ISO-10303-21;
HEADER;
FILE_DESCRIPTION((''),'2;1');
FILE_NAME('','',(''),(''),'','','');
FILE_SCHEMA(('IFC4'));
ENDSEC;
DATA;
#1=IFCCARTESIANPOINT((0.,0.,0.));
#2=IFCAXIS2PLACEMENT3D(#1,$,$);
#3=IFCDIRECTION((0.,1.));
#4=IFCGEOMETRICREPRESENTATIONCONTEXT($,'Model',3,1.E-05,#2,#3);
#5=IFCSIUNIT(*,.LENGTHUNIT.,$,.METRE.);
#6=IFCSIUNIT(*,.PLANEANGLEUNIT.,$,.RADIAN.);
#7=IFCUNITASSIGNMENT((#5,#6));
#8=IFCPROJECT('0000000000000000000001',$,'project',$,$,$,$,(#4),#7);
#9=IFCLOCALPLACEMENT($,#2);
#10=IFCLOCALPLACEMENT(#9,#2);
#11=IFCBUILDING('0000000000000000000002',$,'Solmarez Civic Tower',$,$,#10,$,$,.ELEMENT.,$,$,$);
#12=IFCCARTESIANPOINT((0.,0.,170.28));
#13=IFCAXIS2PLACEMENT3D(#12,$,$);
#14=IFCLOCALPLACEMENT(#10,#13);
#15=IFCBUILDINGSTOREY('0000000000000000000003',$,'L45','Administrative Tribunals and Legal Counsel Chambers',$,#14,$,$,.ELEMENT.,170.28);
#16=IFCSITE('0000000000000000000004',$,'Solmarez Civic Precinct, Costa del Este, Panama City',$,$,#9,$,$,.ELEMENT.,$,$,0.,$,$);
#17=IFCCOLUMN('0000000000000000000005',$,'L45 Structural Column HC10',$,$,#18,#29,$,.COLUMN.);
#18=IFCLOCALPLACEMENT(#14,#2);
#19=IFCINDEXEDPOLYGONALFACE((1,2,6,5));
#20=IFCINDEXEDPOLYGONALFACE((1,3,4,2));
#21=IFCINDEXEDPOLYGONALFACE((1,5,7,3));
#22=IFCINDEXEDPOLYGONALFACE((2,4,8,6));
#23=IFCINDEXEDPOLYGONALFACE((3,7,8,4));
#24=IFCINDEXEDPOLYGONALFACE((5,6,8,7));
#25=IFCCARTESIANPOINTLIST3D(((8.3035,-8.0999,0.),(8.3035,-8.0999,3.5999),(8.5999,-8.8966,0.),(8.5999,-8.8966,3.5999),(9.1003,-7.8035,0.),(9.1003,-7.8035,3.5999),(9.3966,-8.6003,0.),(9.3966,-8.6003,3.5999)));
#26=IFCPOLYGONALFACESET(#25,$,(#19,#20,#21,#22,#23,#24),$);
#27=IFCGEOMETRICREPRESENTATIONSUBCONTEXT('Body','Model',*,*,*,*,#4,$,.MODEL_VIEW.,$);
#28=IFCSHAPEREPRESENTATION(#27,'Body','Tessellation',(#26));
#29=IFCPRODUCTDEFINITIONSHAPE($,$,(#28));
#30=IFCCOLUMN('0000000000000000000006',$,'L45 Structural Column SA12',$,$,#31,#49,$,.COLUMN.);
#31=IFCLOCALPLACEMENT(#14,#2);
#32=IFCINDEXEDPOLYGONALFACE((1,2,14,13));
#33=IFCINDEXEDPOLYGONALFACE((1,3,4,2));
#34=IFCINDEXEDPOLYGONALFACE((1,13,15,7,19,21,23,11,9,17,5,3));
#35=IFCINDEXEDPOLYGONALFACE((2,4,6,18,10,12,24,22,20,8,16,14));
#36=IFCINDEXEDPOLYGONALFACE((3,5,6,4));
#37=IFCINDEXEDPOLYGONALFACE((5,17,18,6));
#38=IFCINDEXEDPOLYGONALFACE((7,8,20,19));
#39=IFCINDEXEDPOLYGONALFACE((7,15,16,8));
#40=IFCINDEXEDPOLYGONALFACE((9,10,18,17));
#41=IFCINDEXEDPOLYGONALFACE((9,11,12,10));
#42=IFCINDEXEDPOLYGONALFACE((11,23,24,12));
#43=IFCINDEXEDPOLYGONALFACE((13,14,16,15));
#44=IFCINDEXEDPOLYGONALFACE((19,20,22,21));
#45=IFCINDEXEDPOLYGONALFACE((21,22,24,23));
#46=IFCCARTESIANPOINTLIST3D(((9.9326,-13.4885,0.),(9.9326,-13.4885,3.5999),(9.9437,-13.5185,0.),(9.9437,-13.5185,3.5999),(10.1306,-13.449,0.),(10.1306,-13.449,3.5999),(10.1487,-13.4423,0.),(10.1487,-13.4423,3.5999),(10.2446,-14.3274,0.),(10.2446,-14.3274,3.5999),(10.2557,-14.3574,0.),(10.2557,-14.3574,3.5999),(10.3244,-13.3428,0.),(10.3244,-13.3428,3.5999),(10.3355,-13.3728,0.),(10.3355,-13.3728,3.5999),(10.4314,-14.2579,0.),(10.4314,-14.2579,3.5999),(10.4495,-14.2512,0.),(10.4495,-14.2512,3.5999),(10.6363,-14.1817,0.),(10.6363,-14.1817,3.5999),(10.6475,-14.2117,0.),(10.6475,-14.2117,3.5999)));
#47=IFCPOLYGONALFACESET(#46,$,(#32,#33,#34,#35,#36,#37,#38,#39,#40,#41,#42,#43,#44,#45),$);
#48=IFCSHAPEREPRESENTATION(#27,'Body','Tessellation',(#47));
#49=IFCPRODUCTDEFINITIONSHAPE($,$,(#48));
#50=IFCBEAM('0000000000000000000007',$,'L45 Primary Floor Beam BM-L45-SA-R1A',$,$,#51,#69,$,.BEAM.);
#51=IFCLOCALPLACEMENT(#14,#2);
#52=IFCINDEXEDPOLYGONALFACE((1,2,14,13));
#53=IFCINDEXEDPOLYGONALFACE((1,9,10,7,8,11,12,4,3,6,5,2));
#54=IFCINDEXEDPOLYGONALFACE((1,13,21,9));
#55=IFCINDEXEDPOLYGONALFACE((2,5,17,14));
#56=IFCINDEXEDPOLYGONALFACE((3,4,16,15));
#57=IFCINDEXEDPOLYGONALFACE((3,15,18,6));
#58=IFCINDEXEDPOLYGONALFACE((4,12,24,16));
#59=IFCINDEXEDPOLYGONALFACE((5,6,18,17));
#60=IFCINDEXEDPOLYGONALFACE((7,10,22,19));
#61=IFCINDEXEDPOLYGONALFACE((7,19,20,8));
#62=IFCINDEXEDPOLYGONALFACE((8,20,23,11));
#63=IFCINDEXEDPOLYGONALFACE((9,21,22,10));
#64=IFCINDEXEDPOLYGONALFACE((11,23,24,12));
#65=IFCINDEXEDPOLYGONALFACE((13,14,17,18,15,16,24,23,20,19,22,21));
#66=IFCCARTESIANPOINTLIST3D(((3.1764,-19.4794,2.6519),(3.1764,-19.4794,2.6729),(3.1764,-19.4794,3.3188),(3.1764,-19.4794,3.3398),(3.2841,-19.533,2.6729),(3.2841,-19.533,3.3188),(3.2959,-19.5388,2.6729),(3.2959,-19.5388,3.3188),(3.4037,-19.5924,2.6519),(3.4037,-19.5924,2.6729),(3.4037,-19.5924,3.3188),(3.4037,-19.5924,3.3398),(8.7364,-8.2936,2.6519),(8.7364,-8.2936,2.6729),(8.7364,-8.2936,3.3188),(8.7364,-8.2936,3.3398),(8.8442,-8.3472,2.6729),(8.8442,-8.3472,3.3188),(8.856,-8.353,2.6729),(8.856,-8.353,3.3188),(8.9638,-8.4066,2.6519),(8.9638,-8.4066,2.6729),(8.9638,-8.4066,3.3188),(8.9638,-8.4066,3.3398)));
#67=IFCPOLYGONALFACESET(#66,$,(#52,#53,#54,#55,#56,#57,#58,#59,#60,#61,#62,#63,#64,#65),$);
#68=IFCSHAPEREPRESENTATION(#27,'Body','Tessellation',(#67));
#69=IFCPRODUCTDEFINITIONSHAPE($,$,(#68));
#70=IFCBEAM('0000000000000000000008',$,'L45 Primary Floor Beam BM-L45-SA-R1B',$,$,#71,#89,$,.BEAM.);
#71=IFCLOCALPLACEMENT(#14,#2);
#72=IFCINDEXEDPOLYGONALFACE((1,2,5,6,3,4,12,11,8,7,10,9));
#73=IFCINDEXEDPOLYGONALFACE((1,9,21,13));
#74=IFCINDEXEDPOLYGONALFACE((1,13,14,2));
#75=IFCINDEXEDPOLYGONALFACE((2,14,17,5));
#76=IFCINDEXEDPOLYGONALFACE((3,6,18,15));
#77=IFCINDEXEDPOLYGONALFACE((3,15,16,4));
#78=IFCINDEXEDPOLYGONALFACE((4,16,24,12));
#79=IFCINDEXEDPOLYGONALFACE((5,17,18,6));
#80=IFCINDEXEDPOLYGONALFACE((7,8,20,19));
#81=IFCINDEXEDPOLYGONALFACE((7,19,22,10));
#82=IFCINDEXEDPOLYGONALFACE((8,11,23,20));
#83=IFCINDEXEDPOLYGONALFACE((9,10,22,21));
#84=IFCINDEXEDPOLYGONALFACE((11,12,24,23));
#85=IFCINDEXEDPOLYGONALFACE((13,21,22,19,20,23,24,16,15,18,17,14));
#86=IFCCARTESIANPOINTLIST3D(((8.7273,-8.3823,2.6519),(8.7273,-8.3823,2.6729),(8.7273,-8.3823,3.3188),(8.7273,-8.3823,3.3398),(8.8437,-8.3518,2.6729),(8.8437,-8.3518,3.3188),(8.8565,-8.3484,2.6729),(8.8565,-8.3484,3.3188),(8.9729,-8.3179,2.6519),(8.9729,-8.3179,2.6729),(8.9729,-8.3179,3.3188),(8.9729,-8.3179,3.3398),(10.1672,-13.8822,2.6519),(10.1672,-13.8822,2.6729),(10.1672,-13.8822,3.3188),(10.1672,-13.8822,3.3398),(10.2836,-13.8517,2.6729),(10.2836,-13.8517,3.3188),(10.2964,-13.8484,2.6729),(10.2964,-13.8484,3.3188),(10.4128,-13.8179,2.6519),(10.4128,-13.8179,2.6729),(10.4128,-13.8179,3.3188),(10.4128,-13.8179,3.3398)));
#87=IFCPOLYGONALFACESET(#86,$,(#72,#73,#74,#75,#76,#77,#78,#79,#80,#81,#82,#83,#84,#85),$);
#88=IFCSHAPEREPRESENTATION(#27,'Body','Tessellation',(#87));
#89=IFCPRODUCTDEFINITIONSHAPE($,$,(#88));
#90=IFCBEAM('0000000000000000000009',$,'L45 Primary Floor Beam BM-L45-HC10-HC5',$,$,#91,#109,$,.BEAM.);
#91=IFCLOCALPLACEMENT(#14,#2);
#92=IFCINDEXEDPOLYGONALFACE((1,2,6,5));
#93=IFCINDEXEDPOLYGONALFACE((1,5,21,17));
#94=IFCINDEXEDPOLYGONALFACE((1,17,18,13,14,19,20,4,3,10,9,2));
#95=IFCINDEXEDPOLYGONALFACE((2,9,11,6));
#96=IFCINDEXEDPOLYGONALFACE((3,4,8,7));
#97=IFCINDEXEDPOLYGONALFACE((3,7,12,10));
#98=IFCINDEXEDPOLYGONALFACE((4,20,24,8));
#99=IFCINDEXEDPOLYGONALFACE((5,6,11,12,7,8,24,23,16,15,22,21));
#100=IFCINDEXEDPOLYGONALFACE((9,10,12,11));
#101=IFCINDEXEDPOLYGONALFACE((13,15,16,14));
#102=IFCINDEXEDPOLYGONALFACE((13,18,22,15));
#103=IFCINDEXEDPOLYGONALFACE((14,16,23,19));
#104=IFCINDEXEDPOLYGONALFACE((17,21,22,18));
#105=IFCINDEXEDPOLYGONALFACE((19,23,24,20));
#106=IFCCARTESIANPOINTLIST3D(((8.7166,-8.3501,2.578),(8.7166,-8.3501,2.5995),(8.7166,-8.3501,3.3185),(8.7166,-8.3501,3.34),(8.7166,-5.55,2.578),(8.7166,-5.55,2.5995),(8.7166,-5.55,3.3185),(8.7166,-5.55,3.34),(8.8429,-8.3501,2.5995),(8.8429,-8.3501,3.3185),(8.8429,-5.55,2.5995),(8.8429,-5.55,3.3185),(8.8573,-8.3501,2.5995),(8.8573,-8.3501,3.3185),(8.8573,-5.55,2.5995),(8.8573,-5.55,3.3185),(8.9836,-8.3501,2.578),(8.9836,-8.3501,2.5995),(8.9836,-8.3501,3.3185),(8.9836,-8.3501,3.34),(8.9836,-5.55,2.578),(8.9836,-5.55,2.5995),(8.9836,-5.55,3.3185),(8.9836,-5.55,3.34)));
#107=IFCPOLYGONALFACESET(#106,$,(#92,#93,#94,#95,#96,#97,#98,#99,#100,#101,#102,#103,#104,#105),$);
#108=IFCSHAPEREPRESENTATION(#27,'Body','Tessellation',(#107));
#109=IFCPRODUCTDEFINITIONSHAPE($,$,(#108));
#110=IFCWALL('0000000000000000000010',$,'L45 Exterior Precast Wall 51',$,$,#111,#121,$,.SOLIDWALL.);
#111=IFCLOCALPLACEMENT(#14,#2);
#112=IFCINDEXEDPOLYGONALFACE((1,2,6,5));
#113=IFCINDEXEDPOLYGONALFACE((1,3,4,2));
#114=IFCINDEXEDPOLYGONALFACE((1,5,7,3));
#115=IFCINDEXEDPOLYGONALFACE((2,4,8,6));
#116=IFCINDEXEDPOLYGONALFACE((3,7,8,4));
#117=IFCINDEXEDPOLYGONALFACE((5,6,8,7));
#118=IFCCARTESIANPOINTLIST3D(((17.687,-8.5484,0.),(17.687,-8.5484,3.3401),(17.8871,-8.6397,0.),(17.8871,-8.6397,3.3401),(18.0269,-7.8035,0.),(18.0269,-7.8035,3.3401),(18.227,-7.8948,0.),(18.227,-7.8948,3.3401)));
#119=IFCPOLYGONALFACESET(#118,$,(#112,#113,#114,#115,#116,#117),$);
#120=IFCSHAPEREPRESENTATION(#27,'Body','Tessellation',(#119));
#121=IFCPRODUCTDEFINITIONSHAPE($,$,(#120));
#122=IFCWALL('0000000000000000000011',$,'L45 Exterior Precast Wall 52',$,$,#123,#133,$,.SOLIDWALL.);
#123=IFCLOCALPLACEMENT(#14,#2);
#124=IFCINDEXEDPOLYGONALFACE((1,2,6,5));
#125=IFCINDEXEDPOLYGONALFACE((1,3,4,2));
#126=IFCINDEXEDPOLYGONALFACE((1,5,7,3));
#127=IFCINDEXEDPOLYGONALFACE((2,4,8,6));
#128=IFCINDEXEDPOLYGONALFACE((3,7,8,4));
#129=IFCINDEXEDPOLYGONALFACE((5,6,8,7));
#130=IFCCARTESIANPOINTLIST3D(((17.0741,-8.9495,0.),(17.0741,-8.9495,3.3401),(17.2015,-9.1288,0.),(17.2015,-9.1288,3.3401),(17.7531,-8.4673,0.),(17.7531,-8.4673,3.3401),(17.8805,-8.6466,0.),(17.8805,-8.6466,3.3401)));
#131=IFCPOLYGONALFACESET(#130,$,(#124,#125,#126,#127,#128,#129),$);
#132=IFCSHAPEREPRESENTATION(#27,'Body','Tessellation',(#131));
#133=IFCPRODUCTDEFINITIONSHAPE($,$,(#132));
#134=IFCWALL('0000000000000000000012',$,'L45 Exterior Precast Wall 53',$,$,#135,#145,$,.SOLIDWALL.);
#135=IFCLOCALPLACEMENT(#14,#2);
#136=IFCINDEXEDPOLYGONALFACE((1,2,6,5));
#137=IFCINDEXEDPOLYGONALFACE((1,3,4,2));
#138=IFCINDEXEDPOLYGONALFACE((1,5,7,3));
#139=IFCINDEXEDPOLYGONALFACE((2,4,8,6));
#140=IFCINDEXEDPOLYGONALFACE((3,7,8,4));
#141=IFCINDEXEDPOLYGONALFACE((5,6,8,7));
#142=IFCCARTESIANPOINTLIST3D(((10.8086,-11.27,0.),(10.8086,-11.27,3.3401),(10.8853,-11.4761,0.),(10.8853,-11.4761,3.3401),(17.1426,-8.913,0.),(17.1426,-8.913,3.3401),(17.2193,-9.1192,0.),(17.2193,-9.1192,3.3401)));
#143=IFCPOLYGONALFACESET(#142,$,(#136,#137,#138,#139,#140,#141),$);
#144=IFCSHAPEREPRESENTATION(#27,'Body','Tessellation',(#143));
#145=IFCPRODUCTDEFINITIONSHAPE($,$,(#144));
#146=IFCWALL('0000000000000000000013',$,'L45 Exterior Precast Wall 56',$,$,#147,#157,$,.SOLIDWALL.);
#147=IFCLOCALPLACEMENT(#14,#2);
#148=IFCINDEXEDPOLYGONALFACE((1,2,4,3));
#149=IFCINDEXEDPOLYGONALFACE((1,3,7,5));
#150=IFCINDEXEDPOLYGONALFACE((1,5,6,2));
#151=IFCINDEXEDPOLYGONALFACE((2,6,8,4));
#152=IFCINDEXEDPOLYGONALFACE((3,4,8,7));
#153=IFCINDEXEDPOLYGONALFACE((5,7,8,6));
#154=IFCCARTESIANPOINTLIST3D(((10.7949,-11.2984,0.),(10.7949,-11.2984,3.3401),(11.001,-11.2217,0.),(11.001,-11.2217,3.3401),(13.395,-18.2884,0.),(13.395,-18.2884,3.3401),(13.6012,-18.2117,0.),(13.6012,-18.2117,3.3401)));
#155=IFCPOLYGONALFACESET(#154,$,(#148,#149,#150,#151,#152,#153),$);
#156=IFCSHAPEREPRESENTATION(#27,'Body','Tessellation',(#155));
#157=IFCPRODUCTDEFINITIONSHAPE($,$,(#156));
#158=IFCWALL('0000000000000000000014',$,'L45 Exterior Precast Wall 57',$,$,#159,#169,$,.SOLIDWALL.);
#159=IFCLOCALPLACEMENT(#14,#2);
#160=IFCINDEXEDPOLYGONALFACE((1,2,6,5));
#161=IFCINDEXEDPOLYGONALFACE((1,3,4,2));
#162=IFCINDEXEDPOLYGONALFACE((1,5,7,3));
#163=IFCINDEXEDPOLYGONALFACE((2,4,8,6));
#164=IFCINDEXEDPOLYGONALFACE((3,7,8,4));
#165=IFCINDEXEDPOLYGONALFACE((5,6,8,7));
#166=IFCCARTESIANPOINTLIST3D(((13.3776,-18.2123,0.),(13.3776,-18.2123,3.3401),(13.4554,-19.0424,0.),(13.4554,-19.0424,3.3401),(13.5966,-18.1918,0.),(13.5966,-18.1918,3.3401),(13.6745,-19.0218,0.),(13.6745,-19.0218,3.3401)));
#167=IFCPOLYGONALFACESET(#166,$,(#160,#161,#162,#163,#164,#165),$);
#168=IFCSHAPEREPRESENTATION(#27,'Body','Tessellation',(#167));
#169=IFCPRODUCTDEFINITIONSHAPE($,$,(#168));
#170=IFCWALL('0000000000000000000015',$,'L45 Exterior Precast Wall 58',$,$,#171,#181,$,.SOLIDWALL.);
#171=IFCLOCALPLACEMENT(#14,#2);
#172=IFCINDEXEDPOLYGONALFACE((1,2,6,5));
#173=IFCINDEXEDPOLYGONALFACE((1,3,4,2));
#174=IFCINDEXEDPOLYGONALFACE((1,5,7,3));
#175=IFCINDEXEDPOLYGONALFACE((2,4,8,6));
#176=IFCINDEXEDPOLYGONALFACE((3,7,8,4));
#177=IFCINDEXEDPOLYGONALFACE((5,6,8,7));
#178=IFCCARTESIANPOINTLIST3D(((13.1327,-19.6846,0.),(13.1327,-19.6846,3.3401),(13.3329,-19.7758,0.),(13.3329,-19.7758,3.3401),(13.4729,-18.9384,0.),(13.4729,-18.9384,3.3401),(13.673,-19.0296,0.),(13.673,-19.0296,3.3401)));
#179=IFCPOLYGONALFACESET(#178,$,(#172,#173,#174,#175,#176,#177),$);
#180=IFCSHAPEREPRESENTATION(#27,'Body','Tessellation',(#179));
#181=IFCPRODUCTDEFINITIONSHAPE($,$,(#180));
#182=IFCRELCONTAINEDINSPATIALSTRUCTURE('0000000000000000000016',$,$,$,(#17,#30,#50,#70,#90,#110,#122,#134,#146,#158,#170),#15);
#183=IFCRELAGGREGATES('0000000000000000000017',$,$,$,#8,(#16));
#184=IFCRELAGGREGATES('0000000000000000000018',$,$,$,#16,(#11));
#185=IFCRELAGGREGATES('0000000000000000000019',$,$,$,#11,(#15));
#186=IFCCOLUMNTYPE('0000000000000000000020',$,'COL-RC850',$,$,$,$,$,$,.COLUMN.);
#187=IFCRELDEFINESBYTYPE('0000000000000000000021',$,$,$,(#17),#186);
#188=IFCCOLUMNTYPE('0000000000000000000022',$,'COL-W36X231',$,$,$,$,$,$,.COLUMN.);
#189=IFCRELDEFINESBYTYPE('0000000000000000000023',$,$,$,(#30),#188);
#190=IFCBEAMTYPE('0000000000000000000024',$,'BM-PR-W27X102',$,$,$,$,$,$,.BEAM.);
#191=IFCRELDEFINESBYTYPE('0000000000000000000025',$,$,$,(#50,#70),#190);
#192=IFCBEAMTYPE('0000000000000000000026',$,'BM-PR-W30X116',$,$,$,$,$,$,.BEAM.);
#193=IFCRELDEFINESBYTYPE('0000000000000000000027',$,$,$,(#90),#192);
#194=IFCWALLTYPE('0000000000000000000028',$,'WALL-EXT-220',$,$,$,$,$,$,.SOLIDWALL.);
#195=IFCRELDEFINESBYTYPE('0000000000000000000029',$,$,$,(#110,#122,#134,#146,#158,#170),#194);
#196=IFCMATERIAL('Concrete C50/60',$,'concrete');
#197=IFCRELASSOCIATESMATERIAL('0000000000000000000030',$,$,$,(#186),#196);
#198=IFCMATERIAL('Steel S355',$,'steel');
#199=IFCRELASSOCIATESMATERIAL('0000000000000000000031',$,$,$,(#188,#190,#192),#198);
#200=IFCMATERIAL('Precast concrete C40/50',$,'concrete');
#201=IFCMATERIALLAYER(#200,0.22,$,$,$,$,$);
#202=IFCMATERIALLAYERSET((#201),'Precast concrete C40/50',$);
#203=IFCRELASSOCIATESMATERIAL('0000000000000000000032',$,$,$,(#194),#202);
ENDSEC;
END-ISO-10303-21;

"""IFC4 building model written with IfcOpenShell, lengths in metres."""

from ifc_helpers import new_model, si_unit, direction, frame, frame_2d, origin, origin_2d, place, context, subcontext, project, spatial, rectangle, i_section, extrude, material, layer, layer_set, material_profile, profile_set, type_object, element, save


model = new_model("IFC4")

# Units and contexts
model_context = context("Model", 3, precision=1e-05, world=origin(), true_north=direction((0.0, 1.0)))
body_context = subcontext(model_context, "Body", "Model", "MODEL_VIEW")
ifc_project = project(units=[si_unit("LENGTHUNIT", "METRE"), si_unit("PLANEANGLEUNIT", "RADIAN")], contexts=[model_context])

# Site, building, storey
site_placement = place(None, origin())
site = spatial("IfcSite", under=ifc_project, at=site_placement, Name="Solmarez Civic Precinct, Costa del Este, Panama City", CompositionType="ELEMENT", RefElevation=0.0)
building_placement = place(site_placement, origin())
building = spatial("IfcBuilding", under=site, at=building_placement, Name="Solmarez Civic Tower", CompositionType="ELEMENT")
storey_placement = place(building_placement, frame((0.0, 0.0, 170.28)))
storey = spatial("IfcBuildingStorey", under=building, at=storey_placement, Name="L45", Description="Administrative Tribunals and Legal Counsel Chambers", CompositionType="ELEMENT", Elevation=170.28)

# Columns
ifc_material_1 = material(Name="Concrete C50/60", Category="concrete")
ifc_material_profile_1 = material_profile(ifc_material_1, rectangle(XDim=0.8501, YDim=0.8501, at=origin_2d()), Name="RC850X850")
ifc_profile_set_1 = profile_set([ifc_material_profile_1], Name="Concrete C50/60")
column_type_1 = type_object("IfcColumnType", Name="COL-RC850", PredefinedType="COLUMN", material=ifc_profile_set_1)
column_1_placement = place(storey_placement, frame((8.8501, -8.3501, 0.0), z_axis=(0.0, 0.0, 1.0), x_axis=(0.937282, 0.348572, 0.0)))
element("IfcColumn", 1, at=column_1_placement, inside=storey, type_object=column_type_1, Name="L45 Structural Column HC10", PredefinedType="COLUMN", context=body_context, shape_type="SweptSolid", body=[
    extrude(rectangle(XDim=0.8501, YDim=0.8501, at=origin_2d()), origin(), (0.0, 0.0, 1.0), 3.5999),
])
ifc_material_2 = material(Name="Steel S355", Category="steel")
ifc_material_profile_2 = material_profile(ifc_material_2, i_section(OverallWidth=0.418, OverallDepth=0.927, WebThickness=0.0193, FlangeThickness=0.032, at=origin_2d()), Name="W36X231")
ifc_profile_set_2 = profile_set([ifc_material_profile_2], Name="Steel S355")
column_type_2 = type_object("IfcColumnType", Name="COL-W36X231", PredefinedType="COLUMN", material=ifc_profile_set_2)
column_2_placement = place(storey_placement, frame((10.29, -13.8501, 0.0), z_axis=(0.0, 0.0, 1.0), x_axis=(0.937282, 0.348572, 0.0)))
element("IfcColumn", 2, at=column_2_placement, inside=storey, type_object=column_type_2, Name="L45 Structural Column SA12", PredefinedType="COLUMN", context=body_context, shape_type="SweptSolid", body=[
    extrude(i_section(OverallWidth=0.418, OverallDepth=0.927, WebThickness=0.0193, FlangeThickness=0.032, at=origin_2d()), origin(), (0.0, 0.0, 1.0), 3.5999),
])

# Beams
ifc_material_profile_3 = material_profile(ifc_material_2, i_section(OverallWidth=0.2539, OverallDepth=0.688, WebThickness=0.0132, FlangeThickness=0.021, at=origin_2d()), Name="W27X102")
ifc_profile_set_3 = profile_set([ifc_material_profile_3], Name="Steel S355")
beam_type_1 = type_object("IfcBeamType", Name="BM-PR-W27X102", PredefinedType="BEAM", material=ifc_profile_set_3)
beam_1_placement = place(storey_placement, frame((8.8501, -8.3501, 2.9958), z_axis=(-0.445109, -0.895476, 0.0), x_axis=(0.895476, -0.445109, 0.0)))
element("IfcBeam", 3, at=beam_1_placement, inside=storey, type_object=beam_type_1, Name="L45 Primary Floor Beam BM-L45-SA-R1A", PredefinedType="BEAM", context=body_context, shape_type="SweptSolid", body=[
    extrude(i_section(OverallWidth=0.2539, OverallDepth=0.688, WebThickness=0.0132, FlangeThickness=0.021, at=origin_2d()), origin(), (0.0, 0.0, 1.0), 12.4915),
])
beam_2_placement = place(storey_placement, frame((8.8501, -8.3501, 2.9958), z_axis=(0.253271, -0.967395, 0.0), x_axis=(0.967395, 0.253271, 0.0)))
element("IfcBeam", 4, at=beam_2_placement, inside=storey, type_object=beam_type_1, Name="L45 Primary Floor Beam BM-L45-SA-R1B", PredefinedType="BEAM", context=body_context, shape_type="SweptSolid", body=[
    extrude(i_section(OverallWidth=0.2539, OverallDepth=0.688, WebThickness=0.0132, FlangeThickness=0.021, at=origin_2d()), origin(), (0.0, 0.0, 1.0), 5.6853),
])
ifc_material_profile_4 = material_profile(ifc_material_2, i_section(OverallWidth=0.2671, OverallDepth=0.762, WebThickness=0.0144, FlangeThickness=0.0215, at=origin_2d()), Name="W30X116")
ifc_profile_set_4 = profile_set([ifc_material_profile_4], Name="Steel S355")
beam_type_2 = type_object("IfcBeamType", Name="BM-PR-W30X116", PredefinedType="BEAM", material=ifc_profile_set_4)
beam_3_placement = place(storey_placement, frame((8.8501, -8.3501, 2.959), z_axis=(0.0, 1.0, 0.0), x_axis=(-1.0, 0.0, 0.0)))
element("IfcBeam", 5, at=beam_3_placement, inside=storey, type_object=beam_type_2, Name="L45 Primary Floor Beam BM-L45-HC10-HC5", PredefinedType="BEAM", context=body_context, shape_type="SweptSolid", body=[
    extrude(i_section(OverallWidth=0.2671, OverallDepth=0.762, WebThickness=0.0144, FlangeThickness=0.0215, at=origin_2d()), origin(), (0.0, 0.0, 1.0), 2.8),
])

# Walls
ifc_material_3 = material(Name="Precast concrete C40/50", Category="concrete")
ifc_layer_1 = layer(ifc_material_3, 0.22)
ifc_layer_set_1 = layer_set([ifc_layer_1], Name="Precast concrete C40/50")
wall_type_1 = type_object("IfcWallType", Name="WALL-EXT-220", PredefinedType="SOLIDWALL", material=ifc_layer_set_1)
wall_1_placement = place(storey_placement, frame((18.127, -7.8491, 0.0), z_axis=(0.0, 0.0, 1.0), x_axis=(-0.415083, -0.909783, 0.0)))
element("IfcWall", 6, at=wall_1_placement, inside=storey, type_object=wall_type_1, Name="L45 Exterior Precast Wall 51", PredefinedType="SOLIDWALL", context=body_context, shape_type="SweptSolid", body=[
    extrude(rectangle(XDim=0.8188, YDim=0.22, at=frame_2d((0.4094, 0.0))), origin(), (0.0, 0.0, 1.0), 3.3401),
])
wall_2_placement = place(storey_placement, frame((17.8169, -8.5569, 0.0), z_axis=(0.0, 0.0, 1.0), x_axis=(-0.815315, -0.579017, 0.0)))
element("IfcWall", 7, at=wall_2_placement, inside=storey, type_object=wall_type_1, Name="L45 Exterior Precast Wall 52", PredefinedType="SOLIDWALL", context=body_context, shape_type="SweptSolid", body=[
    extrude(rectangle(XDim=0.8328, YDim=0.22, at=frame_2d((0.4165, 0.0))), origin(), (0.0, 0.0, 1.0), 3.3401),
])
wall_3_placement = place(storey_placement, frame((17.1809, -9.0161, 0.0), z_axis=(0.0, 0.0, 1.0), x_axis=(-0.937217, -0.348747, 0.0)))
element("IfcWall", 8, at=wall_3_placement, inside=storey, type_object=wall_type_1, Name="L45 Exterior Precast Wall 53", PredefinedType="SOLIDWALL", context=body_context, shape_type="SweptSolid", body=[
    extrude(rectangle(XDim=6.7583, YDim=0.22, at=frame_2d((3.3792, 0.0))), origin(), (0.0, 0.0, 1.0), 3.3401),
])
wall_4_placement = place(storey_placement, frame((10.8979, -11.26, 0.0), z_axis=(0.0, 0.0, 1.0), x_axis=(0.348636, -0.937258, 0.0)))
element("IfcWall", 9, at=wall_4_placement, inside=storey, type_object=wall_type_1, Name="L45 Exterior Precast Wall 56", PredefinedType="SOLIDWALL", context=body_context, shape_type="SweptSolid", body=[
    extrude(rectangle(XDim=7.458, YDim=0.22, at=frame_2d((3.729, 0.0))), origin(), (0.0, 0.0, 1.0), 3.3401),
])
wall_5_placement = place(storey_placement, frame((13.4871, -18.2019, 0.0), z_axis=(0.0, 0.0, 1.0), x_axis=(0.093413, -0.995627, 0.0)))
element("IfcWall", 10, at=wall_5_placement, inside=storey, type_object=wall_type_1, Name="L45 Exterior Precast Wall 57", PredefinedType="SOLIDWALL", context=body_context, shape_type="SweptSolid", body=[
    extrude(rectangle(XDim=0.8337, YDim=0.22, at=frame_2d((0.417, 0.0))), origin(), (0.0, 0.0, 1.0), 3.3401),
])
wall_6_placement = place(storey_placement, frame((13.573, -18.9839, 0.0), z_axis=(0.0, 0.0, 1.0), x_axis=(-0.414767, -0.909927, 0.0)))
element("IfcWall", 11, at=wall_6_placement, inside=storey, type_object=wall_type_1, Name="L45 Exterior Precast Wall 58", PredefinedType="SOLIDWALL", context=body_context, shape_type="SweptSolid", body=[
    extrude(rectangle(XDim=0.8201, YDim=0.22, at=frame_2d((0.4102, 0.0))), origin(), (0.0, 0.0, 1.0), 3.3401),
])

save(model, "model.ifc")
